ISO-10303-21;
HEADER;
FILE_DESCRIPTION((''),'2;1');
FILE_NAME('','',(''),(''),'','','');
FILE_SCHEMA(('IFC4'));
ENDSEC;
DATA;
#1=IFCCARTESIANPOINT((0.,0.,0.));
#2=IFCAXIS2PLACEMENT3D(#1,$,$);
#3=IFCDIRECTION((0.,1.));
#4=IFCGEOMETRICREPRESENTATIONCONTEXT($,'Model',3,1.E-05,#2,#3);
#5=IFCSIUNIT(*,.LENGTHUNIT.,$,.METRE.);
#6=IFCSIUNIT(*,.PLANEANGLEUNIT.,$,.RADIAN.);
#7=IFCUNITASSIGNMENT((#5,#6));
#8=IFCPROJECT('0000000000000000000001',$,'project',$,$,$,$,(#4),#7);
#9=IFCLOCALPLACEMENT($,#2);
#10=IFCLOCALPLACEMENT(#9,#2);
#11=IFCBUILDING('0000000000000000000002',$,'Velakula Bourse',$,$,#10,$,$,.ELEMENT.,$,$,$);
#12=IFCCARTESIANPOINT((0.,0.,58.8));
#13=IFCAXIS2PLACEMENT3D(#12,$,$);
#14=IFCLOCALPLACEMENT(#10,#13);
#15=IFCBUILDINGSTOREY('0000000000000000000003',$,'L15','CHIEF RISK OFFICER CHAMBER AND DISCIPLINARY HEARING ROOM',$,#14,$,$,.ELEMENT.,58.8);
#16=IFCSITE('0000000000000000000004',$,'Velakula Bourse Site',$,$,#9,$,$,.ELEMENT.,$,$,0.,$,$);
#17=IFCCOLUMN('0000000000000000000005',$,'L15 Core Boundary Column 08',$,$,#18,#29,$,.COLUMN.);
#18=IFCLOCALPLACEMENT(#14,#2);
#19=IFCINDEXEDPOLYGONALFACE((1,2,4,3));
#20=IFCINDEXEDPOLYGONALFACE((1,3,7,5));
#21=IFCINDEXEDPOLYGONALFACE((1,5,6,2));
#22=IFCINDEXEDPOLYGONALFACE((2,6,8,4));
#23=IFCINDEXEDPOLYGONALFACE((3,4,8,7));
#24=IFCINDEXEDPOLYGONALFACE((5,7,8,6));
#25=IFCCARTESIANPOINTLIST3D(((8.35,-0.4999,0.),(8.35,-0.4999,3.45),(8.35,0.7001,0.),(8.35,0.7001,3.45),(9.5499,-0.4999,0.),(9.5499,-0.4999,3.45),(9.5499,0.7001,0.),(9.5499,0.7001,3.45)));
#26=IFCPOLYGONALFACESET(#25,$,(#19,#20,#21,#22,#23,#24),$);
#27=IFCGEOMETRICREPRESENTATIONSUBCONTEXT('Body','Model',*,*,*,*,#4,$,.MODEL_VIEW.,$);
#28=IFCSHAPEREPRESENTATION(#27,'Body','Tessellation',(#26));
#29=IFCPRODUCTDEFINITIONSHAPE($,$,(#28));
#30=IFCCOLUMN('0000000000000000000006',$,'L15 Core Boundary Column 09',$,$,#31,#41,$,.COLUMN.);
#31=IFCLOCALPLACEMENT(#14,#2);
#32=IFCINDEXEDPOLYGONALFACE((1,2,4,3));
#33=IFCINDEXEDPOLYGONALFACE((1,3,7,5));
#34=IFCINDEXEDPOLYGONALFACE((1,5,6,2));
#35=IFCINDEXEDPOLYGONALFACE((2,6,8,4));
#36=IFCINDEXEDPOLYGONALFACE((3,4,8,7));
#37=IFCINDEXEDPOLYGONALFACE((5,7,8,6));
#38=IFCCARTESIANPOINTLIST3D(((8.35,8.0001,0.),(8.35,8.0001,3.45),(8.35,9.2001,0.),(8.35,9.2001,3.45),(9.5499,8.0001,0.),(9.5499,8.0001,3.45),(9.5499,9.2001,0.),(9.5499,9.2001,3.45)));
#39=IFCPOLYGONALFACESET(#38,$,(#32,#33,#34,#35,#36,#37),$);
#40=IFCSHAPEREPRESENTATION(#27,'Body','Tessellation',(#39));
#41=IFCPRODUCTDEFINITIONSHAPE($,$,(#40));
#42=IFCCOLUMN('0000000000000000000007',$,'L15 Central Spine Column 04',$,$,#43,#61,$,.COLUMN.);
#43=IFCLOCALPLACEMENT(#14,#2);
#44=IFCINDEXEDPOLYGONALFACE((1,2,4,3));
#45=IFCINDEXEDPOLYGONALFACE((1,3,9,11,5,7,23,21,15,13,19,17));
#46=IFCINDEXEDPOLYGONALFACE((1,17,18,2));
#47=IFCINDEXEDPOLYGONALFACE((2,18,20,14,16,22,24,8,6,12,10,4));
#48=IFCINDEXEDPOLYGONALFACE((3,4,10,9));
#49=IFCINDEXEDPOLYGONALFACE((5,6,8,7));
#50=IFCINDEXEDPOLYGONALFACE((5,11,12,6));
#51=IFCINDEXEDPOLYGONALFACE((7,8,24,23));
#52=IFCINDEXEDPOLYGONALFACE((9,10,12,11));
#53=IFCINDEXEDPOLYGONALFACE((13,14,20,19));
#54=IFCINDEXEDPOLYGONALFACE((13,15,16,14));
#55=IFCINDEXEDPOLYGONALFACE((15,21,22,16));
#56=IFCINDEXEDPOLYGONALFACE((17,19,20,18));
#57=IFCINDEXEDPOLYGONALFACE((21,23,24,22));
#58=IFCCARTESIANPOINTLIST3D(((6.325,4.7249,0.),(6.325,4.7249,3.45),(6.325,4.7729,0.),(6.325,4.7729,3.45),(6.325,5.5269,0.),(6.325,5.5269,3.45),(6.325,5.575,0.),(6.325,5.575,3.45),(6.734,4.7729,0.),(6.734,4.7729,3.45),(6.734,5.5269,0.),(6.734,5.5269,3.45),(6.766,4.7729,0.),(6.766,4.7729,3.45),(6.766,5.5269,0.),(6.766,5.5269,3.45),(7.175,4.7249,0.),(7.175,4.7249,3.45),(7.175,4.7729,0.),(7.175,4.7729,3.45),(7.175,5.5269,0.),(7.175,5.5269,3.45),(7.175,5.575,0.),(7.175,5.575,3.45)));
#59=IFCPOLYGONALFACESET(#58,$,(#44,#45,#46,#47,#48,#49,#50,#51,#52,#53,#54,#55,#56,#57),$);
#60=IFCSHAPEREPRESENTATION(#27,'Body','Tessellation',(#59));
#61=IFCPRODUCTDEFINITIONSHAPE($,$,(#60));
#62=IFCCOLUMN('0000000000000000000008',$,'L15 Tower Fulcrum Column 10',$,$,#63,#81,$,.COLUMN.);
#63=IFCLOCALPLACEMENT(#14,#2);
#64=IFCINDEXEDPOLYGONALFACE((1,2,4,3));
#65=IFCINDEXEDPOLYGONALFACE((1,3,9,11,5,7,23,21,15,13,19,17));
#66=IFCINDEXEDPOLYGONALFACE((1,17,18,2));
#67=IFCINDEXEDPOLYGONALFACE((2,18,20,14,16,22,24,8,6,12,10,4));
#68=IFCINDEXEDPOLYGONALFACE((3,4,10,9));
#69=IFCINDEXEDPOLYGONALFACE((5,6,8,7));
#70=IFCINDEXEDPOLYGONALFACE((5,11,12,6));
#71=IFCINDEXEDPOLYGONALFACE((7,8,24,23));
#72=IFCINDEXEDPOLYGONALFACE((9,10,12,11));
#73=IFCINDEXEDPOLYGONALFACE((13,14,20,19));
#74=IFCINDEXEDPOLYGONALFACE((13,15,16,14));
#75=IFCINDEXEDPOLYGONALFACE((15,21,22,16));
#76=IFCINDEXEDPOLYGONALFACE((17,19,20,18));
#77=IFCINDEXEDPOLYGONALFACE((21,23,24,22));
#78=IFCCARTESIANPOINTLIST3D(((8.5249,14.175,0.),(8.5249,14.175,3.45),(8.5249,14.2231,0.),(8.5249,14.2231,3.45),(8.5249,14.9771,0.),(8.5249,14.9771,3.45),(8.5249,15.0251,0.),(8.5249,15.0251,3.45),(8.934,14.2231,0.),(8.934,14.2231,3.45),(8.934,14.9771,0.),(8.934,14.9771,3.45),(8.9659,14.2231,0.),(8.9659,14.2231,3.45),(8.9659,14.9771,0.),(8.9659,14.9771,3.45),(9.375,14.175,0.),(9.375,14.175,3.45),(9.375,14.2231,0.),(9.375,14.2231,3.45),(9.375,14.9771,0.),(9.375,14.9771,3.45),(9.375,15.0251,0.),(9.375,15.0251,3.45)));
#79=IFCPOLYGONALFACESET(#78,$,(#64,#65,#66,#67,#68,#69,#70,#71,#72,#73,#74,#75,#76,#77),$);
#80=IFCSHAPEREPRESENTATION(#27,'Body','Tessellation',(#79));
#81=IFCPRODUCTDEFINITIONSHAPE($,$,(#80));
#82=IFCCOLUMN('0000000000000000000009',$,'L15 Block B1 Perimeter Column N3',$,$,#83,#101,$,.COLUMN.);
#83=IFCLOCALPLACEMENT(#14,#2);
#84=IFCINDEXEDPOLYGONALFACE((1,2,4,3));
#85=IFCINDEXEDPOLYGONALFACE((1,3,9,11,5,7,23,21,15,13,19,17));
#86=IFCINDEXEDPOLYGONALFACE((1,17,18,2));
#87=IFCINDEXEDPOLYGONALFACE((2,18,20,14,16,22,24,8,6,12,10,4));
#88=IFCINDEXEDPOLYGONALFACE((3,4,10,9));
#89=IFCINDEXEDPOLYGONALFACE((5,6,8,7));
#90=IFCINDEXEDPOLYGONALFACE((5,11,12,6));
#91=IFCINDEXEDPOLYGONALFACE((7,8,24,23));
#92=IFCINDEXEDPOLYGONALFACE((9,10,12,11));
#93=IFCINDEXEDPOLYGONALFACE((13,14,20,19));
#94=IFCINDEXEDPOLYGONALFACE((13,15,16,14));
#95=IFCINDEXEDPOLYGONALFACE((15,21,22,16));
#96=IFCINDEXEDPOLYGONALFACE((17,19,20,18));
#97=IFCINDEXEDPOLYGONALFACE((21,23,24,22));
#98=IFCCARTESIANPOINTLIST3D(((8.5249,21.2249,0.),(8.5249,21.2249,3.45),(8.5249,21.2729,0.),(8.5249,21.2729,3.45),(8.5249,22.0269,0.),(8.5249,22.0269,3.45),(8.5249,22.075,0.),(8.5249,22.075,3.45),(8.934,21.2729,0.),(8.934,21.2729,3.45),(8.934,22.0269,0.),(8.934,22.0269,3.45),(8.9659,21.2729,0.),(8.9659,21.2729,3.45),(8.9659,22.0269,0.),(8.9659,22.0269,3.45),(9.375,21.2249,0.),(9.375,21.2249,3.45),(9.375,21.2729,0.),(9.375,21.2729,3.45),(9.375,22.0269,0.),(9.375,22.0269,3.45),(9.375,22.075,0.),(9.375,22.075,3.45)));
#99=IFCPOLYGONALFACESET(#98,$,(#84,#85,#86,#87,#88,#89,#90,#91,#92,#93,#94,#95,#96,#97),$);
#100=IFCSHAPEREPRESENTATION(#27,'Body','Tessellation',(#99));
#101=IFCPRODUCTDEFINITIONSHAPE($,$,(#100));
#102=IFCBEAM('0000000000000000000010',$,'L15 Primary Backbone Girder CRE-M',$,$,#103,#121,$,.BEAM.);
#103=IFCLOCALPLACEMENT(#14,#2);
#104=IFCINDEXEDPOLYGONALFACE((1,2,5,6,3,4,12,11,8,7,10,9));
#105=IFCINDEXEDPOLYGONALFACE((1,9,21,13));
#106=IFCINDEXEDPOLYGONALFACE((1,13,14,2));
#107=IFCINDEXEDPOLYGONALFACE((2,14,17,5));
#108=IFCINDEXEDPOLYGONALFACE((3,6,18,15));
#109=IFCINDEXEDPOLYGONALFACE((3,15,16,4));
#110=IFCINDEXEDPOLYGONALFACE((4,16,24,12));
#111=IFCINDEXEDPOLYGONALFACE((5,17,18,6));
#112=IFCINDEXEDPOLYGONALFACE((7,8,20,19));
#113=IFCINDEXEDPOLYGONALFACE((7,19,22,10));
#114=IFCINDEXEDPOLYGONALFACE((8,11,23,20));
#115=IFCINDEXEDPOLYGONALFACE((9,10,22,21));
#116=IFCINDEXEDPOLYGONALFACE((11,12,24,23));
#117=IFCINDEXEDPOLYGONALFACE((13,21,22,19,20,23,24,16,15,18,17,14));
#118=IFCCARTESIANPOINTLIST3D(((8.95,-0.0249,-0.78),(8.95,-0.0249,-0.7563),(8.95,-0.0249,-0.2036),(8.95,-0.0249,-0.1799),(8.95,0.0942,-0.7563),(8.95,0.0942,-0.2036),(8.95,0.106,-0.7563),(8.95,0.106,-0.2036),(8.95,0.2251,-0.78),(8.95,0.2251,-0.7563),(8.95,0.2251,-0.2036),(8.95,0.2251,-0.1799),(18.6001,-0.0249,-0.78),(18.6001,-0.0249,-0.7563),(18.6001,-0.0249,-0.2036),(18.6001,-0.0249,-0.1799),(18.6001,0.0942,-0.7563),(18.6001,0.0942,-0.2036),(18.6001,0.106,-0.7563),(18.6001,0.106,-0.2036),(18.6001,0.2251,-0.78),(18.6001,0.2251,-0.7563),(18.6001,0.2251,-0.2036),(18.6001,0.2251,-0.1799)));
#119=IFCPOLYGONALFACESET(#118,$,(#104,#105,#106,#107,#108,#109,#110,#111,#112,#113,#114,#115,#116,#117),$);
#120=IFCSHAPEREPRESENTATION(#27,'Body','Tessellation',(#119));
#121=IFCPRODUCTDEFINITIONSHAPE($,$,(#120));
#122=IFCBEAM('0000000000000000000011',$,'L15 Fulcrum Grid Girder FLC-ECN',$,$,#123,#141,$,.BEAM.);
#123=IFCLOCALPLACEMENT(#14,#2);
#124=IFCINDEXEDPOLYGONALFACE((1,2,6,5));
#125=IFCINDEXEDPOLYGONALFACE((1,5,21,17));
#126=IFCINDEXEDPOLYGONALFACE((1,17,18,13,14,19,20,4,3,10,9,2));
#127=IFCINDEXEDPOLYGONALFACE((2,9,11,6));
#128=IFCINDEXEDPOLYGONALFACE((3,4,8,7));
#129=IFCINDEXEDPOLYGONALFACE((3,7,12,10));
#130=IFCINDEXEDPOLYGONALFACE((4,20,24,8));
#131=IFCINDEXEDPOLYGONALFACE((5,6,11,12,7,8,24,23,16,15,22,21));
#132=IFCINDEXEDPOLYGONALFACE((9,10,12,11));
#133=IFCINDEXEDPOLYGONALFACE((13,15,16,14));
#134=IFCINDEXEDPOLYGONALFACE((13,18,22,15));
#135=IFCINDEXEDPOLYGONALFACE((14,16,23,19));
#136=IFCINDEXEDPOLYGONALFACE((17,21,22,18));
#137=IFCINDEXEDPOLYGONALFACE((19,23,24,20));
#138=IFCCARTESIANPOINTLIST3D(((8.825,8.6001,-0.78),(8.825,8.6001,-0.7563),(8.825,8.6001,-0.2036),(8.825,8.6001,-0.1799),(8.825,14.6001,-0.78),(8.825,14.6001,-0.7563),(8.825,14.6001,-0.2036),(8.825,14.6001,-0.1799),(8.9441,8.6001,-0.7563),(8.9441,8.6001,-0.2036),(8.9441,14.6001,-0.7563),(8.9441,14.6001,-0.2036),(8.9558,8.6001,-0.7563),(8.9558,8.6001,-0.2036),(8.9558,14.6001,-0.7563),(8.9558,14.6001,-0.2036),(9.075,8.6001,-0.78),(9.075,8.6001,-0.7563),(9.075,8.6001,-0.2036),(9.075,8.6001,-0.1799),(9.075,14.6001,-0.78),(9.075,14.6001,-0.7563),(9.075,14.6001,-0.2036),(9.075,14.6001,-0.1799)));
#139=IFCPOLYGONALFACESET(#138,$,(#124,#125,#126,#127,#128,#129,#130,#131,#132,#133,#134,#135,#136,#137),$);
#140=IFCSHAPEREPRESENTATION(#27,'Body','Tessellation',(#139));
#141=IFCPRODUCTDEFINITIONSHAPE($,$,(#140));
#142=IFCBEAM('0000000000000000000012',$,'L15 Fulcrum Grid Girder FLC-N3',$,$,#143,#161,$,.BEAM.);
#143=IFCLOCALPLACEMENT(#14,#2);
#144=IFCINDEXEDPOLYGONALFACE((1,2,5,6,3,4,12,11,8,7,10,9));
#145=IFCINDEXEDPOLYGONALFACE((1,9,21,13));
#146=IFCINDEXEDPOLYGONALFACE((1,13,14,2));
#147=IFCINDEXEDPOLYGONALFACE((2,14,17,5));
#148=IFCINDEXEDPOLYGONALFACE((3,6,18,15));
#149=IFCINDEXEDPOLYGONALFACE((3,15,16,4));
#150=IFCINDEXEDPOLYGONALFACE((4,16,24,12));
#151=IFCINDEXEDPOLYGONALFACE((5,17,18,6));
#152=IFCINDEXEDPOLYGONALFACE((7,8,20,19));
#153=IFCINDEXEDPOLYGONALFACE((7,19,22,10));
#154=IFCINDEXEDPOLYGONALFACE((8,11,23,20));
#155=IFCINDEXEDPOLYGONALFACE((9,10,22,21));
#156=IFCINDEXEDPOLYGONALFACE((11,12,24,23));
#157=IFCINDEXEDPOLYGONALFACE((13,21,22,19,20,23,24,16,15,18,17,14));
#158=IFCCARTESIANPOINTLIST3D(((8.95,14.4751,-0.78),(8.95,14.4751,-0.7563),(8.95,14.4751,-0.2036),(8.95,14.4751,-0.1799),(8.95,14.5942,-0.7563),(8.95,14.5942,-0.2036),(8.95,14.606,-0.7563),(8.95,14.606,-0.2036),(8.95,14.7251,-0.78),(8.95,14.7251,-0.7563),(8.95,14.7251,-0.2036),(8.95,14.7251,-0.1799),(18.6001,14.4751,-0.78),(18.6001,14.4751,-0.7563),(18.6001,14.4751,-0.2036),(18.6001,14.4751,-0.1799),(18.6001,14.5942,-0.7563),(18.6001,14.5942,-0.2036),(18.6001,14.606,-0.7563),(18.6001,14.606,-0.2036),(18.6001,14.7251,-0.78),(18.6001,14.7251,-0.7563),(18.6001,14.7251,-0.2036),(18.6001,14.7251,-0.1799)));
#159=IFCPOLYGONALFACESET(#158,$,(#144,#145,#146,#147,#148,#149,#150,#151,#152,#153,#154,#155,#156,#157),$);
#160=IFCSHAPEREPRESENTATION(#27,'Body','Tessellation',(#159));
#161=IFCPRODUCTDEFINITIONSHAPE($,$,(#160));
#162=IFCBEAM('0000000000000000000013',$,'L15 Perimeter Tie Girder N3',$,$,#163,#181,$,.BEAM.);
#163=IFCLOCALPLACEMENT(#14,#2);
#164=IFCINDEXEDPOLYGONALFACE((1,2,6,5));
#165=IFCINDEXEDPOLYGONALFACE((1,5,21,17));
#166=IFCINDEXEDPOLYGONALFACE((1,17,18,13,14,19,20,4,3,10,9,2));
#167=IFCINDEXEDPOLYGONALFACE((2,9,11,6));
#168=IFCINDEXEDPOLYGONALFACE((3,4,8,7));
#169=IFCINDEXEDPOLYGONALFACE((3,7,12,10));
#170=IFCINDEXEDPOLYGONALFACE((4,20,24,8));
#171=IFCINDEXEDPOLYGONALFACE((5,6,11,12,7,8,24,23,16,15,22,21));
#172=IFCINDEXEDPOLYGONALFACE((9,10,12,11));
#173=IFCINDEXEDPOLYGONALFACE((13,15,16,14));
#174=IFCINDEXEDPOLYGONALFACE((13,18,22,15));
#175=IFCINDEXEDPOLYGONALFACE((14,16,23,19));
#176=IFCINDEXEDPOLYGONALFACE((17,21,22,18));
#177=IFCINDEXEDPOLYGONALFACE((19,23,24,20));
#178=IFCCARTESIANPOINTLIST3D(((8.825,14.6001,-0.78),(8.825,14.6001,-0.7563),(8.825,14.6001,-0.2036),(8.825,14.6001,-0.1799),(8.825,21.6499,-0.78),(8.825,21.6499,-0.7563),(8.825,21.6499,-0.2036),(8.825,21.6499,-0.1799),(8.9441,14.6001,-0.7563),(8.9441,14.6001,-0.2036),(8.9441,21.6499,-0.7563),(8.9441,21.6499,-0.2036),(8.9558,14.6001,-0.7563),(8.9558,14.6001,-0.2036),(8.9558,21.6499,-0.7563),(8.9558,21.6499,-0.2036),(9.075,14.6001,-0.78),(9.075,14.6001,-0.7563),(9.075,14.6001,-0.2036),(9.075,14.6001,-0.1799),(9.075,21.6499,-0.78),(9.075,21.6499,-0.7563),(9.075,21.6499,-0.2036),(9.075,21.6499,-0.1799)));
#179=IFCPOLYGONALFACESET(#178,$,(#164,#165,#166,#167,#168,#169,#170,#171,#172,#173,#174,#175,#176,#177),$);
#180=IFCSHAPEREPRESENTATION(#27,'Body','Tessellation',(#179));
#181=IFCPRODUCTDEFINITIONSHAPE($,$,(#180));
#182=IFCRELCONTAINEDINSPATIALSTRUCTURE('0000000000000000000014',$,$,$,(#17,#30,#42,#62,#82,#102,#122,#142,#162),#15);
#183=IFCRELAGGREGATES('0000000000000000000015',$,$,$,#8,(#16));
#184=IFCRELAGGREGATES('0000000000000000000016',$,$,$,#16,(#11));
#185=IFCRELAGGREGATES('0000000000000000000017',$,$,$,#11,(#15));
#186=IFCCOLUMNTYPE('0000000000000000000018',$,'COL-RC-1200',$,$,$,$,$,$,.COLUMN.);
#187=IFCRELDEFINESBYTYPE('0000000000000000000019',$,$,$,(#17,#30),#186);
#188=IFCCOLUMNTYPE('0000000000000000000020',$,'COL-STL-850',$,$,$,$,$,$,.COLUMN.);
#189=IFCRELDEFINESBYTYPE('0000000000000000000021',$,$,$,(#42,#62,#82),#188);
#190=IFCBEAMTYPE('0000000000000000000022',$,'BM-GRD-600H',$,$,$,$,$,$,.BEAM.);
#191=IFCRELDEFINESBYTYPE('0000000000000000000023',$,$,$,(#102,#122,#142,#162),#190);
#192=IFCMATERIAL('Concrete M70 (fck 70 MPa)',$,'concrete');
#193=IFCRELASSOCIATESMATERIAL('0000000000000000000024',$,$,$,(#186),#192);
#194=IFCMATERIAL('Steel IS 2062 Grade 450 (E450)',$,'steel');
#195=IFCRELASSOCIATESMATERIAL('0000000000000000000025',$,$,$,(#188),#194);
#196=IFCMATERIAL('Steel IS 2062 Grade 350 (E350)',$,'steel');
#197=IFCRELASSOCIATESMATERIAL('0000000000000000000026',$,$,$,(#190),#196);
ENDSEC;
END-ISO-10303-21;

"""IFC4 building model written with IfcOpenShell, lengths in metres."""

from ifc_helpers import new_model, si_unit, direction, frame, origin, origin_2d, place, context, subcontext, project, spatial, rectangle, i_section, extrude, material, material_profile, profile_set, type_object, element, save


model = new_model("IFC4")

# Units and contexts
model_context = context("Model", 3, precision=1e-05, world=origin(), true_north=direction((0.0, 1.0)))
body_context = subcontext(model_context, "Body", "Model", "MODEL_VIEW")
ifc_project = project(units=[si_unit("LENGTHUNIT", "METRE"), si_unit("PLANEANGLEUNIT", "RADIAN")], contexts=[model_context])

# Site, building, storey
site_placement = place(None, origin())
site = spatial("IfcSite", under=ifc_project, at=site_placement, Name="Velakula Bourse Site", CompositionType="ELEMENT", RefElevation=0.0)
building_placement = place(site_placement, origin())
building = spatial("IfcBuilding", under=site, at=building_placement, Name="Velakula Bourse", CompositionType="ELEMENT")
storey_placement = place(building_placement, frame((0.0, 0.0, 58.8)))
storey = spatial("IfcBuildingStorey", under=building, at=storey_placement, Name="L15", Description="CHIEF RISK OFFICER CHAMBER AND DISCIPLINARY HEARING ROOM", CompositionType="ELEMENT", Elevation=58.8)

# Columns
ifc_material_1 = material(Name="Concrete M70 (fck 70 MPa)", Category="concrete")
ifc_material_profile_1 = material_profile(ifc_material_1, rectangle(XDim=1.2, YDim=1.2, at=origin_2d()), Name="Concrete M70 (fck 70 MPa)")
ifc_profile_set_1 = profile_set([ifc_material_profile_1], Name="Concrete M70 (fck 70 MPa)")
column_type_1 = type_object("IfcColumnType", Name="COL-RC-1200", PredefinedType="COLUMN", material=ifc_profile_set_1)
for number, where, z_axis, x_axis, name in (
    (1, (8.95, 0.1001, 0.0), (0.0, 0.0, 1.0), (1.0, 0.0, 0.0), "L15 Core Boundary Column 08"),
    (2, (8.95, 8.6001, 0.0), (0.0, 0.0, 1.0), (1.0, 0.0, 0.0), "L15 Core Boundary Column 09"),
):
    element("IfcColumn", number, at=place(storey_placement, frame(where, z_axis=z_axis, x_axis=x_axis)), inside=storey, type_object=column_type_1, Name=name, PredefinedType="COLUMN", context=body_context, shape_type="SweptSolid", body=[
        extrude(rectangle(XDim=1.2, YDim=1.2, at=origin_2d()), origin(), (0.0, 0.0, 1.0), 3.45),
    ])
ifc_material_2 = material(Name="Steel IS 2062 Grade 450 (E450)", Category="steel")
ifc_material_profile_2 = material_profile(ifc_material_2, i_section(OverallWidth=0.8501, OverallDepth=0.8501, WebThickness=0.032, FlangeThickness=0.0481, at=origin_2d()), Name="Steel IS 2062 Grade 450 (E450)")
ifc_profile_set_2 = profile_set([ifc_material_profile_2], Name="Steel IS 2062 Grade 450 (E450)")
column_type_2 = type_object("IfcColumnType", Name="COL-STL-850", PredefinedType="COLUMN", material=ifc_profile_set_2)
for number, where, z_axis, x_axis, name in (
    (3, (6.75, 5.1499, 0.0), (0.0, 0.0, 1.0), (1.0, 0.0, 0.0), "L15 Central Spine Column 04"),
    (4, (8.95, 14.6001, 0.0), (0.0, 0.0, 1.0), (1.0, 0.0, 0.0), "L15 Tower Fulcrum Column 10"),
    (5, (8.95, 21.6499, 0.0), (0.0, 0.0, 1.0), (1.0, 0.0, 0.0), "L15 Block B1 Perimeter Column N3"),
):
    element("IfcColumn", number, at=place(storey_placement, frame(where, z_axis=z_axis, x_axis=x_axis)), inside=storey, type_object=column_type_2, Name=name, PredefinedType="COLUMN", context=body_context, shape_type="SweptSolid", body=[
        extrude(i_section(OverallWidth=0.8501, OverallDepth=0.8501, WebThickness=0.032, FlangeThickness=0.0481, at=origin_2d()), origin(), (0.0, 0.0, 1.0), 3.45),
    ])

# Beams
ifc_material_3 = material(Name="Steel IS 2062 Grade 350 (E350)", Category="steel")
ifc_material_profile_3 = material_profile(ifc_material_3, i_section(OverallWidth=0.25, OverallDepth=0.6001, WebThickness=0.0117, FlangeThickness=0.0237, at=origin_2d()), Name="Steel IS 2062 Grade 350 (E350)")
ifc_profile_set_3 = profile_set([ifc_material_profile_3], Name="Steel IS 2062 Grade 350 (E350)")
beam_type_1 = type_object("IfcBeamType", Name="BM-GRD-600H", PredefinedType="BEAM", material=ifc_profile_set_3)
beam_1_placement = place(storey_placement, frame((8.95, 0.1001, -0.48), z_axis=(1.0, 0.0, 0.0), x_axis=(0.0, 1.0, 0.0)))
element("IfcBeam", 6, at=beam_1_placement, inside=storey, type_object=beam_type_1, Name="L15 Primary Backbone Girder CRE-M", PredefinedType="BEAM", context=body_context, shape_type="SweptSolid", body=[
    extrude(i_section(OverallWidth=0.25, OverallDepth=0.6001, WebThickness=0.0117, FlangeThickness=0.0237, at=origin_2d()), origin(), (0.0, 0.0, 1.0), 9.6501),
])
beam_2_placement = place(storey_placement, frame((8.95, 8.6001, -0.48), z_axis=(0.0, 1.0, 0.0), x_axis=(-1.0, 0.0, 0.0)))
element("IfcBeam", 7, at=beam_2_placement, inside=storey, type_object=beam_type_1, Name="L15 Fulcrum Grid Girder FLC-ECN", PredefinedType="BEAM", context=body_context, shape_type="SweptSolid", body=[
    extrude(i_section(OverallWidth=0.25, OverallDepth=0.6001, WebThickness=0.0117, FlangeThickness=0.0237, at=origin_2d()), origin(), (0.0, 0.0, 1.0), 6.0),
])
beam_3_placement = place(storey_placement, frame((8.95, 14.6001, -0.48), z_axis=(1.0, 0.0, 0.0), x_axis=(0.0, 1.0, 0.0)))
element("IfcBeam", 8, at=beam_3_placement, inside=storey, type_object=beam_type_1, Name="L15 Fulcrum Grid Girder FLC-N3", PredefinedType="BEAM", context=body_context, shape_type="SweptSolid", body=[
    extrude(i_section(OverallWidth=0.25, OverallDepth=0.6001, WebThickness=0.0117, FlangeThickness=0.0237, at=origin_2d()), origin(), (0.0, 0.0, 1.0), 9.6501),
])
beam_4_placement = place(storey_placement, frame((8.95, 14.6001, -0.48), z_axis=(0.0, 1.0, 0.0), x_axis=(-1.0, 0.0, 0.0)))
element("IfcBeam", 9, at=beam_4_placement, inside=storey, type_object=beam_type_1, Name="L15 Perimeter Tie Girder N3", PredefinedType="BEAM", context=body_context, shape_type="SweptSolid", body=[
    extrude(i_section(OverallWidth=0.25, OverallDepth=0.6001, WebThickness=0.0117, FlangeThickness=0.0237, at=origin_2d()), origin(), (0.0, 0.0, 1.0), 7.0498),
])

save(model, "model.ifc")
